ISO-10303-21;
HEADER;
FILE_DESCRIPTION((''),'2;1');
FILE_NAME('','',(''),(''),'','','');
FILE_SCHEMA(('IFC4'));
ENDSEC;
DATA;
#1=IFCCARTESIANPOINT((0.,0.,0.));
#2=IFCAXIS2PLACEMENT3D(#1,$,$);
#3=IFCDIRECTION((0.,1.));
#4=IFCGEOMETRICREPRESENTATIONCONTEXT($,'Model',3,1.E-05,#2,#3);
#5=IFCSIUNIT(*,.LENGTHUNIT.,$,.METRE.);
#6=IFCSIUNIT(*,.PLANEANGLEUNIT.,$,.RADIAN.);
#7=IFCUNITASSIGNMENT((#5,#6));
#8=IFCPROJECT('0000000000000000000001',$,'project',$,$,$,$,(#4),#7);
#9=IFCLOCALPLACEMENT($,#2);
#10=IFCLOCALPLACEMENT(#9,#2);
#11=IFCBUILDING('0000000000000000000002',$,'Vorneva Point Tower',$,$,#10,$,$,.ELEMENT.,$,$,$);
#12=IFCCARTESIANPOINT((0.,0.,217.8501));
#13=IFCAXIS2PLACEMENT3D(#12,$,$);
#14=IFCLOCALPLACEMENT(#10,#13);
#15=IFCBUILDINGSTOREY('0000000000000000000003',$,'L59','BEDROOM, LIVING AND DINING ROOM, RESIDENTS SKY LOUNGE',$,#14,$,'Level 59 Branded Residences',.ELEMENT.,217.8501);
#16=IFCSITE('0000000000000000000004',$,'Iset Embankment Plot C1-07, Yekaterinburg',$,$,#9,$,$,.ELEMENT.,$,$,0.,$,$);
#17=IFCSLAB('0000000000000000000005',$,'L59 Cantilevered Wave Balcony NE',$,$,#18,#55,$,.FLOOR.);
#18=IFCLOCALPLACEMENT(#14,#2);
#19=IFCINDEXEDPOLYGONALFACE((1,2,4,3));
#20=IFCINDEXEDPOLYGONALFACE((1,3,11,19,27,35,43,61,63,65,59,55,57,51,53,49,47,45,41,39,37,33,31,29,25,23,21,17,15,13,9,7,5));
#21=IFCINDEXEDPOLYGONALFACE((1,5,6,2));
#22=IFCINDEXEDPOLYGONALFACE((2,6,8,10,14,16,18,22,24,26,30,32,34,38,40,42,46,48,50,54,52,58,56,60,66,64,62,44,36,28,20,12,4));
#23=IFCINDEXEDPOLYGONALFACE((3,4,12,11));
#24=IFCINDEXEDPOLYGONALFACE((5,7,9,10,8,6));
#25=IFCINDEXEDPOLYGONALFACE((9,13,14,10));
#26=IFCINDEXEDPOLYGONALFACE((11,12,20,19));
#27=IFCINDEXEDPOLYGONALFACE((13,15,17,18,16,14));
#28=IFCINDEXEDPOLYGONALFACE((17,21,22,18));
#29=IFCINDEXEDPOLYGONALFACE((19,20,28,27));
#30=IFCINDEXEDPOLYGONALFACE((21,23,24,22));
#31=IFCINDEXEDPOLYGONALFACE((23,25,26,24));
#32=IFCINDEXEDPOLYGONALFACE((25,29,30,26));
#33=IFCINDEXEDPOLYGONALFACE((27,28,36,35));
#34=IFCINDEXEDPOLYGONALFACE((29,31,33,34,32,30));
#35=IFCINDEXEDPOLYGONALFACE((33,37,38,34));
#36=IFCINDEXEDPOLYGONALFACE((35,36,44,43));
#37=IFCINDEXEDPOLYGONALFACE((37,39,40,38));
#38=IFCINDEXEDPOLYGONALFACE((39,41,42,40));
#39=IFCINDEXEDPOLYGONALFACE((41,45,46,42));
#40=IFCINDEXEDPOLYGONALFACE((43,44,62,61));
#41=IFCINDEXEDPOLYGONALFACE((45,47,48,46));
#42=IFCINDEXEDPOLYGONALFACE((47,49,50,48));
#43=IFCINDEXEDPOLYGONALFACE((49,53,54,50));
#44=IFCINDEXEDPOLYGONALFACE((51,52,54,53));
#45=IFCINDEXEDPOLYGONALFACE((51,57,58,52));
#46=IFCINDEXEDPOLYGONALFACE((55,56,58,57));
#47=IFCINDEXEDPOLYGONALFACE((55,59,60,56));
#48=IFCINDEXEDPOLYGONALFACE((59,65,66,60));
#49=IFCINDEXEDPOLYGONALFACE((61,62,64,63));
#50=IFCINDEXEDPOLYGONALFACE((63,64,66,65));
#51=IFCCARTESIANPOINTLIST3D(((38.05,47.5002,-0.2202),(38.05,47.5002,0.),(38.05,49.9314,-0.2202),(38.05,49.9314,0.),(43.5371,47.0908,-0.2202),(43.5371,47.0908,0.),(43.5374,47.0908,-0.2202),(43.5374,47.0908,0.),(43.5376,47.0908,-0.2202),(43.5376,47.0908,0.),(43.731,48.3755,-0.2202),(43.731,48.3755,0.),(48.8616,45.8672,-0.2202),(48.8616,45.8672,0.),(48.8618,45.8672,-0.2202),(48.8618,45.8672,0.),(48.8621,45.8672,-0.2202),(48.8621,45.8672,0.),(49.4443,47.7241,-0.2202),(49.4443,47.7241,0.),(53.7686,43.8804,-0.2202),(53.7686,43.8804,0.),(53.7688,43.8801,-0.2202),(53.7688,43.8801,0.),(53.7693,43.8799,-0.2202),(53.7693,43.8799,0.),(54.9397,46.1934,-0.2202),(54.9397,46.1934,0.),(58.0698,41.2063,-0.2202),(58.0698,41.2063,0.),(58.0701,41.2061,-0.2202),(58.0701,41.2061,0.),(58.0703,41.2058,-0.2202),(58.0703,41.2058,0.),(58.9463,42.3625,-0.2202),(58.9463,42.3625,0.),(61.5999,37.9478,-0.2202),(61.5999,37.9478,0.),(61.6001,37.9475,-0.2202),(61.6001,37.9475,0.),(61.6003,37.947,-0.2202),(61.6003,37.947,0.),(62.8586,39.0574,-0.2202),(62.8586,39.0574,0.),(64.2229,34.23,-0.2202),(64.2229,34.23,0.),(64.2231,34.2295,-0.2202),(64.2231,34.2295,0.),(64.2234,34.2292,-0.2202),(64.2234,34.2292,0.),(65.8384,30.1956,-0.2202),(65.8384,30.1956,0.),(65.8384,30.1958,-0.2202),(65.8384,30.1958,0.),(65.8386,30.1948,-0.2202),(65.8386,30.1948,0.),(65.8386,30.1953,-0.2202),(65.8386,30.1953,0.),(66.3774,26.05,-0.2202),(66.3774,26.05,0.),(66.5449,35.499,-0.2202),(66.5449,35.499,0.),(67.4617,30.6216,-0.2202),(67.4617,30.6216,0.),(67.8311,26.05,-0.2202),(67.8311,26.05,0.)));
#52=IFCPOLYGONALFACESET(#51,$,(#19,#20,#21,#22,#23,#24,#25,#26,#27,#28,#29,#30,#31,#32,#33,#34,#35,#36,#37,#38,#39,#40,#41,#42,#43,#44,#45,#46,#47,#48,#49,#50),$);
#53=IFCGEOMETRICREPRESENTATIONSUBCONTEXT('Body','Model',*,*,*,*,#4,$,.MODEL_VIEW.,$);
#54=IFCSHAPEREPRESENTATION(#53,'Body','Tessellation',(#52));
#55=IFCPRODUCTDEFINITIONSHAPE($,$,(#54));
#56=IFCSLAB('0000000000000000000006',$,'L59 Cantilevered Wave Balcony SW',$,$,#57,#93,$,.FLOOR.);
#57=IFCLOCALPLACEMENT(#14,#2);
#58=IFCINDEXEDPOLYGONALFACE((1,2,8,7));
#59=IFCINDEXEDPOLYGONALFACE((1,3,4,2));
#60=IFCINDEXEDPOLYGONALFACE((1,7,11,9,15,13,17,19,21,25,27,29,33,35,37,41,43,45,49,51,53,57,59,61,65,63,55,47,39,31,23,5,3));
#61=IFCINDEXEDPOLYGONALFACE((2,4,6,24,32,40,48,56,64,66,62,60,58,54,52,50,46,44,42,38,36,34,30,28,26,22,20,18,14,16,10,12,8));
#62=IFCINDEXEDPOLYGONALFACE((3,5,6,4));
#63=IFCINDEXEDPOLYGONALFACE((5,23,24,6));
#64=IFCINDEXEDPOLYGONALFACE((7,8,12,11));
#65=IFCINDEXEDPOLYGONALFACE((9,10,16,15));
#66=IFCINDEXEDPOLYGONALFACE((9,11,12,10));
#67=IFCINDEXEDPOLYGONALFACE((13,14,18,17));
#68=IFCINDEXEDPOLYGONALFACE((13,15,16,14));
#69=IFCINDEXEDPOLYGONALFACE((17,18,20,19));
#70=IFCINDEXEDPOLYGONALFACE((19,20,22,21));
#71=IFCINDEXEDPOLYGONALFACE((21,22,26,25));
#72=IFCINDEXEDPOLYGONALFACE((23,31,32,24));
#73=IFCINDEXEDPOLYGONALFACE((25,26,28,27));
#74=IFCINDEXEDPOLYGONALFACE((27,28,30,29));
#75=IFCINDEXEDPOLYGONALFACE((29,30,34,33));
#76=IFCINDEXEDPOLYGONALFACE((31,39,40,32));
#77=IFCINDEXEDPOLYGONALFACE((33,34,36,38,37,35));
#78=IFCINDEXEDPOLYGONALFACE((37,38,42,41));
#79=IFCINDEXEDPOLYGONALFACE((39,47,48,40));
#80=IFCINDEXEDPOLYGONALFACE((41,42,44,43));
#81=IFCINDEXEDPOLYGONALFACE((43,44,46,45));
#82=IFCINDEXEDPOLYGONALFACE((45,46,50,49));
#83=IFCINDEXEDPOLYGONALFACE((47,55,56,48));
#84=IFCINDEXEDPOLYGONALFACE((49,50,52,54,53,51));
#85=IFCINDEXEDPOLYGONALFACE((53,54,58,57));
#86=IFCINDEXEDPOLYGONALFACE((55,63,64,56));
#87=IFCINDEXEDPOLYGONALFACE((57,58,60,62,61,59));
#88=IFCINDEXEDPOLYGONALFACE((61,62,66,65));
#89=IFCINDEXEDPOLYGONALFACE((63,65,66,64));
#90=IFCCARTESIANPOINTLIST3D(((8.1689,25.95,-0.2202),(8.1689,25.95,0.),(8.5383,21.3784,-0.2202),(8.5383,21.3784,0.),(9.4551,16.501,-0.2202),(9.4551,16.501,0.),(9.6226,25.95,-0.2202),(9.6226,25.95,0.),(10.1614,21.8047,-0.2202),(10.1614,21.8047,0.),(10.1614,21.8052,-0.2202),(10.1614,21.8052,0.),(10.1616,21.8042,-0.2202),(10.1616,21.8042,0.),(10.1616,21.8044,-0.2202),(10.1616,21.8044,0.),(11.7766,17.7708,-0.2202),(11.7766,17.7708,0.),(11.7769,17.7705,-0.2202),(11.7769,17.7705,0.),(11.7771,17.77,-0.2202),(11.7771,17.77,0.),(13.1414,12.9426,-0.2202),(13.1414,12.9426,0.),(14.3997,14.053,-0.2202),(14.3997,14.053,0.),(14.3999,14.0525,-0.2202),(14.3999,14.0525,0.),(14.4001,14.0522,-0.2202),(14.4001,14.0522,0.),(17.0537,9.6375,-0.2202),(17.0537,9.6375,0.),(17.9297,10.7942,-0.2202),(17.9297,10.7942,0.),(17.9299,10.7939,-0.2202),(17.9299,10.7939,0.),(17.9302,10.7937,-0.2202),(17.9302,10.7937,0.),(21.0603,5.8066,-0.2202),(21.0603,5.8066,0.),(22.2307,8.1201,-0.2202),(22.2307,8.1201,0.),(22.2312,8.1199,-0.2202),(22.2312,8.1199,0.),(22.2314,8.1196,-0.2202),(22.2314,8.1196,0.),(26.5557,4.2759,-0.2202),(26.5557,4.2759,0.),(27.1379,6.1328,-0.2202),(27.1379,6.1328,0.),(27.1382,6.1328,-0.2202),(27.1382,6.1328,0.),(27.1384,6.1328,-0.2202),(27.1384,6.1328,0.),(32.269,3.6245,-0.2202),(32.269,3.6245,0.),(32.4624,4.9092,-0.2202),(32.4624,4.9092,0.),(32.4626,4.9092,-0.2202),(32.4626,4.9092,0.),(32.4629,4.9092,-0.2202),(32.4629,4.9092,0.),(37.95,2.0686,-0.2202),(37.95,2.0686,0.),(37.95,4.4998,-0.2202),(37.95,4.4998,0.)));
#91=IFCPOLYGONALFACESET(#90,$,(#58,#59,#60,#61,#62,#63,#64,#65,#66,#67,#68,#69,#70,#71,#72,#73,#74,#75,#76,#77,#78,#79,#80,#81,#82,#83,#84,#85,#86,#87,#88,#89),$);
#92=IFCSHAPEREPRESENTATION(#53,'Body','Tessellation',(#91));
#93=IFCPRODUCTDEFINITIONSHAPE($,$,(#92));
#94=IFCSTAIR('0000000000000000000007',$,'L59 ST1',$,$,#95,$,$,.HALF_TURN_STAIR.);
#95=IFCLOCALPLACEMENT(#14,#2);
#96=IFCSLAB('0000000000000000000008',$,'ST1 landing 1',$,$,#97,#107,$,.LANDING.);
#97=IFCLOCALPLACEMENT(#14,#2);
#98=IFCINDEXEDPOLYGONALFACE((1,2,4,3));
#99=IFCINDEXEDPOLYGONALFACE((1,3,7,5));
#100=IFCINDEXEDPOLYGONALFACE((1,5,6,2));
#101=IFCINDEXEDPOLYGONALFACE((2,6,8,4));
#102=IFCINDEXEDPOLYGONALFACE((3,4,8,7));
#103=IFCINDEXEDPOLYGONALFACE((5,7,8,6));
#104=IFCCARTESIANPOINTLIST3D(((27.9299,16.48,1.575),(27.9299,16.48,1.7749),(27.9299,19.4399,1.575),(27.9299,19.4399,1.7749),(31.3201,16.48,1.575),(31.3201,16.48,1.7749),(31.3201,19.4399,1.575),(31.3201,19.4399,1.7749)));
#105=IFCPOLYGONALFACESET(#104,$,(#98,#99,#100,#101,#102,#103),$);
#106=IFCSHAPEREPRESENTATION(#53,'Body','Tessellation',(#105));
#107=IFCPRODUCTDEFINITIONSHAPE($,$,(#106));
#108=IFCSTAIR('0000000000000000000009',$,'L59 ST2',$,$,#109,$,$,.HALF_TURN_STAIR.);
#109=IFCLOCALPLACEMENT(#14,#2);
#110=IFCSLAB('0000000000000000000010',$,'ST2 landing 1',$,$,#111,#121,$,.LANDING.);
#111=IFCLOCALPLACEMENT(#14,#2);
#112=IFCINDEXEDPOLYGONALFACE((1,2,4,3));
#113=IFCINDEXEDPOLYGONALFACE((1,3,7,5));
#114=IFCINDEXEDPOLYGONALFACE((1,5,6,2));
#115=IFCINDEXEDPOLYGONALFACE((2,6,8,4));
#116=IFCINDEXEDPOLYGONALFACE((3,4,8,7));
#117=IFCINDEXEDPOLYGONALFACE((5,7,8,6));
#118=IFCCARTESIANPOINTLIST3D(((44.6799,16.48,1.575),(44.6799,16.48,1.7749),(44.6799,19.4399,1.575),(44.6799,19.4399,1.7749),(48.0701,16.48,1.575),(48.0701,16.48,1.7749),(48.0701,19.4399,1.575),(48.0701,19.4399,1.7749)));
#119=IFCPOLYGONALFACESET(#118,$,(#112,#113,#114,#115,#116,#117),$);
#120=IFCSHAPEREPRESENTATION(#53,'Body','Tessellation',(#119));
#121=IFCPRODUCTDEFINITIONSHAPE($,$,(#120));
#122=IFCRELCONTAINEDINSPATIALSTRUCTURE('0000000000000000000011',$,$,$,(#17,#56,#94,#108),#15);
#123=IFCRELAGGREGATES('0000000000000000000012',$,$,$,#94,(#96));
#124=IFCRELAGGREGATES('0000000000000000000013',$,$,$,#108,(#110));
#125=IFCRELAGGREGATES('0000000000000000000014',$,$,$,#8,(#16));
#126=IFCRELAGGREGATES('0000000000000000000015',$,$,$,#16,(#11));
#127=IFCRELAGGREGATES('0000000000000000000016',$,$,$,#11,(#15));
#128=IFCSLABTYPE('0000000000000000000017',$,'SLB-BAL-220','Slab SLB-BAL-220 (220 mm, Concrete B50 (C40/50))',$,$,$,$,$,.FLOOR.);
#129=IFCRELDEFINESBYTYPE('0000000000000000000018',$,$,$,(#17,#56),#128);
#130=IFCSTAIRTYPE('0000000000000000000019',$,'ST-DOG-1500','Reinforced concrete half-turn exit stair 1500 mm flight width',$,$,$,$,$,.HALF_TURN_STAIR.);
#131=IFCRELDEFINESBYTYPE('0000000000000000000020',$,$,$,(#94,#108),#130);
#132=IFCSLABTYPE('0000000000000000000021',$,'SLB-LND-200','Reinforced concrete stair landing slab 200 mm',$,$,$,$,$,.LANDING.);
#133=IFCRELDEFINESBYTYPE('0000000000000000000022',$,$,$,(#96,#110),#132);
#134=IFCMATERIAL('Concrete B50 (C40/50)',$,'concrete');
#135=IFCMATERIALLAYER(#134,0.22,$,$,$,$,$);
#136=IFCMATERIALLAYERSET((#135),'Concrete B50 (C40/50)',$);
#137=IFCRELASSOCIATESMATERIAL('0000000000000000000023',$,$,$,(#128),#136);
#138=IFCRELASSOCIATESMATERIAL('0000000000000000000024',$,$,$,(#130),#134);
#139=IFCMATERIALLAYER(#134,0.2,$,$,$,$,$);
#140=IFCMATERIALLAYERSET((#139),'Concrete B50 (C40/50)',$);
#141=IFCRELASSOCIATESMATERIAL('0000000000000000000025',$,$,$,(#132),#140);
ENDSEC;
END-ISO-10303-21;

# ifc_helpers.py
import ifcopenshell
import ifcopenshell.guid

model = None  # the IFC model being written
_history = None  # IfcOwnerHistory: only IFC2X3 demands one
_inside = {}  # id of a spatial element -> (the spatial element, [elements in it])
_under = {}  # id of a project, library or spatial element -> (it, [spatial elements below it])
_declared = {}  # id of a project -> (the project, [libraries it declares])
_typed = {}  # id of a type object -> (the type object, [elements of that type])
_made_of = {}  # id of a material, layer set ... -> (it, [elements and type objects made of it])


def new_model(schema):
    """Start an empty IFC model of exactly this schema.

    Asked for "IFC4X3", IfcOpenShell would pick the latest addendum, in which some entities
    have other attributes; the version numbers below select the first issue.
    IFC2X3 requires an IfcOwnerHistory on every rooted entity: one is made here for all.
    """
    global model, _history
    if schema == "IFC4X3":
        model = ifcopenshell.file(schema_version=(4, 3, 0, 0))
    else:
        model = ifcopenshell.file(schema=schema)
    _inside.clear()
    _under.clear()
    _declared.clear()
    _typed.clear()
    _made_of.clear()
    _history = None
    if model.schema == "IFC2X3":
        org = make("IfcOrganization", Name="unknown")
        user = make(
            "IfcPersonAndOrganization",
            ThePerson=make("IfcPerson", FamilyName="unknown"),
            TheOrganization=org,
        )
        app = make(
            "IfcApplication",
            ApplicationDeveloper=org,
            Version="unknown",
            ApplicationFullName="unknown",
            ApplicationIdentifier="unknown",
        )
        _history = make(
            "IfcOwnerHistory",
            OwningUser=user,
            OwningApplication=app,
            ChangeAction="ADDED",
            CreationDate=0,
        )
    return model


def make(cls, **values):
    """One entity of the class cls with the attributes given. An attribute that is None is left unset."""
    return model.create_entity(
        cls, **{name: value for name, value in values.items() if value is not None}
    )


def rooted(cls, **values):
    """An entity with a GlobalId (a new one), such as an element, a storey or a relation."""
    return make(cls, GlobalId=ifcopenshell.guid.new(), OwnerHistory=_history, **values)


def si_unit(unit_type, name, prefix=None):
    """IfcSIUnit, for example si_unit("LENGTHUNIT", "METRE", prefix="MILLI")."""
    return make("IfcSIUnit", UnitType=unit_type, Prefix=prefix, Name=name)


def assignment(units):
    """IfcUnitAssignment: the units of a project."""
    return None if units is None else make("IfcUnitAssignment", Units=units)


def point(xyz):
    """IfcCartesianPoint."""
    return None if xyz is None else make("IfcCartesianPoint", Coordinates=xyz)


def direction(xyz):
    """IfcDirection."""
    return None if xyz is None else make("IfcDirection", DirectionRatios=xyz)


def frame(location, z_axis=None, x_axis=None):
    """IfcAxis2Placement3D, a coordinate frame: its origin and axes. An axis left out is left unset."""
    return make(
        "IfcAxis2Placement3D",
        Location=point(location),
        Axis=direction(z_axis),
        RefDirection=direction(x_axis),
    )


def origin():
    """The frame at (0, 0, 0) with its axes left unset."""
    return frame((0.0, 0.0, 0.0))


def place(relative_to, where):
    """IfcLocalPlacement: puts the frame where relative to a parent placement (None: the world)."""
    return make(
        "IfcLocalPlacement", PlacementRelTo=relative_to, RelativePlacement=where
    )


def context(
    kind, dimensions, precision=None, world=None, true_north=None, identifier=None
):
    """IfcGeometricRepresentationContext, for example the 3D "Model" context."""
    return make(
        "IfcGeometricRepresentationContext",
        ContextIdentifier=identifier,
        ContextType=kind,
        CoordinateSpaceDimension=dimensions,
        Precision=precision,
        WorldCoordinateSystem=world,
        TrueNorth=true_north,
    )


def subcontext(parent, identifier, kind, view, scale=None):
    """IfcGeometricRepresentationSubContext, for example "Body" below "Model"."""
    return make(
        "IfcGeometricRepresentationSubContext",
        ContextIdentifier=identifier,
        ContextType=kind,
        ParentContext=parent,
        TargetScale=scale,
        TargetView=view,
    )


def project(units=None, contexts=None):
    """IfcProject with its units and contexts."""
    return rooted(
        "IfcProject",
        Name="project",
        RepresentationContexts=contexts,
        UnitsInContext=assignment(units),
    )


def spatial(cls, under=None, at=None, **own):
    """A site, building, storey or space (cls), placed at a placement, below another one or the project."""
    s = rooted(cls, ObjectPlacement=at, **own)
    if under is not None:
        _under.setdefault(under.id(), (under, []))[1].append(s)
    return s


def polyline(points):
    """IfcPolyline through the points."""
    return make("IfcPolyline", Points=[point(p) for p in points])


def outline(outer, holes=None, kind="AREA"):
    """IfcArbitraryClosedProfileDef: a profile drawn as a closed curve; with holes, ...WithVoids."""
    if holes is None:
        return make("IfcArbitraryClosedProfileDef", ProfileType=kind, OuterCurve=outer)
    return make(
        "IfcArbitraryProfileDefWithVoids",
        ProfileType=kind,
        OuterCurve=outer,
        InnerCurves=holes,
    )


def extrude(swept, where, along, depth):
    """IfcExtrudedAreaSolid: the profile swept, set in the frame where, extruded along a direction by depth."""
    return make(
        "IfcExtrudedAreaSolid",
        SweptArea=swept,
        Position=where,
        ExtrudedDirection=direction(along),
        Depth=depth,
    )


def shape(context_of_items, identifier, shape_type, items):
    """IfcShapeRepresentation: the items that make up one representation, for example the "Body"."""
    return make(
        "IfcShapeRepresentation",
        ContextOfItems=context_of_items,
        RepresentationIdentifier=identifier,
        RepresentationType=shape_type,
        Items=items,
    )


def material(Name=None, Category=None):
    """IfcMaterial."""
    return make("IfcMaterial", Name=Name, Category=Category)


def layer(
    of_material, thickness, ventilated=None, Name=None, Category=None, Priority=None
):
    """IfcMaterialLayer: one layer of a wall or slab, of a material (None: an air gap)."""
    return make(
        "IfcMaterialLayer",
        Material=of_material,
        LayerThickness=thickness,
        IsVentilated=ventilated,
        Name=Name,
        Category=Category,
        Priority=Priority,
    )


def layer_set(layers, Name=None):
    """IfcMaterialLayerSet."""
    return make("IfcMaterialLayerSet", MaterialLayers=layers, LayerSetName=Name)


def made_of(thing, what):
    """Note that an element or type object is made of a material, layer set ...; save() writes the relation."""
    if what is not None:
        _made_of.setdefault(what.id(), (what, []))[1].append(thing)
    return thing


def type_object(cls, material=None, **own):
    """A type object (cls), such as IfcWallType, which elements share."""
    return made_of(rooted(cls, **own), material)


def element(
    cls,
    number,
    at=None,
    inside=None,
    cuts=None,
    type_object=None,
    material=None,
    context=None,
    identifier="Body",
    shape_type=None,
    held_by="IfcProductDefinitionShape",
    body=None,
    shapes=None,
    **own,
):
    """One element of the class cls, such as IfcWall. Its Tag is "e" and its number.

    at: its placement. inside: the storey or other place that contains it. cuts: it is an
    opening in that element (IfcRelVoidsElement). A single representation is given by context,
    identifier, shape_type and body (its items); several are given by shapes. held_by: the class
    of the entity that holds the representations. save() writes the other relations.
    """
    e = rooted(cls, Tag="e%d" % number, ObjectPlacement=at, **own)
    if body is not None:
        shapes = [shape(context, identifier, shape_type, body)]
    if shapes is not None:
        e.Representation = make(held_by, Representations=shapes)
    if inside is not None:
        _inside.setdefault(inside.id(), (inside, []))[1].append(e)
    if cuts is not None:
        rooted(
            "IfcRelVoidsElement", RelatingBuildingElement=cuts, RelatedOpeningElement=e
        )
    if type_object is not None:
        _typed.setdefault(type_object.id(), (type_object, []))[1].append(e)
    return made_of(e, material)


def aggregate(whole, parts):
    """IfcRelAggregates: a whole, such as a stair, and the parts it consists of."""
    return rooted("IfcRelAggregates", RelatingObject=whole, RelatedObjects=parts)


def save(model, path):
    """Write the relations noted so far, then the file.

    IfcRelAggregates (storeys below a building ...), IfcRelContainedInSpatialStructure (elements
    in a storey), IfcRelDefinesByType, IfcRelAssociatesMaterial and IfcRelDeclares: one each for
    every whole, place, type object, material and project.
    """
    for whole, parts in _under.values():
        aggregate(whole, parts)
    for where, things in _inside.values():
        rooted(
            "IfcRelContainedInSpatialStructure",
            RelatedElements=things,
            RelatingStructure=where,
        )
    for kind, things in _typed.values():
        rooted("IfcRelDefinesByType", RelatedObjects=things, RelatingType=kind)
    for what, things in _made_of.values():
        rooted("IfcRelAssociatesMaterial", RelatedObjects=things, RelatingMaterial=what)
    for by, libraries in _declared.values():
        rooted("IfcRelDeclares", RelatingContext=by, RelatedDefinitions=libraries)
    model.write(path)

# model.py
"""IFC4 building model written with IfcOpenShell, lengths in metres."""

from ifc_helpers import new_model, si_unit, direction, frame, origin, place, context, subcontext, project, spatial, polyline, outline, extrude, material, layer, layer_set, type_object, element, aggregate, save


model = new_model("IFC4")

# Units and contexts
model_context = context("Model", 3, precision=1e-05, world=origin(), true_north=direction((0.0, 1.0)))
body_context = subcontext(model_context, "Body", "Model", "MODEL_VIEW")
ifc_project = project(units=[si_unit("LENGTHUNIT", "METRE"), si_unit("PLANEANGLEUNIT", "RADIAN")], contexts=[model_context])

# Site, building, storey
site_placement = place(None, origin())
site = spatial("IfcSite", under=ifc_project, at=site_placement, Name="Iset Embankment Plot C1-07, Yekaterinburg", CompositionType="ELEMENT", RefElevation=0.0)
building_placement = place(site_placement, origin())
building = spatial("IfcBuilding", under=site, at=building_placement, Name="Vorneva Point Tower", CompositionType="ELEMENT")
storey_placement = place(building_placement, frame((0.0, 0.0, 217.8501)))
storey = spatial("IfcBuildingStorey", under=building, at=storey_placement, Name="L59", Description="BEDROOM, LIVING AND DINING ROOM, RESIDENTS SKY LOUNGE", LongName="Level 59 Branded Residences", CompositionType="ELEMENT", Elevation=217.8501)

# Shared definitions
ifc_material_1 = material(Name="Concrete B50 (C40/50)", Category="concrete")

# Slabs
ifc_layer_1 = layer(ifc_material_1, 0.22)
ifc_layer_set_1 = layer_set([ifc_layer_1], Name="Concrete B50 (C40/50)")
slab_type_1 = type_object("IfcSlabType", Name="SLB-BAL-220", Description="Slab SLB-BAL-220 (220 mm, Concrete B50 (C40/50))", PredefinedType="FLOOR", material=ifc_layer_set_1)
slab_1_placement = place(storey_placement, frame((0.0, 0.0, -0.2202)))
element("IfcSlab", 1, at=slab_1_placement, inside=storey, type_object=slab_type_1, Name="L59 Cantilevered Wave Balcony NE", PredefinedType="FLOOR", context=body_context, shape_type="SweptSolid", body=[
    extrude(outline(polyline([(38.05, 49.9314), (38.05, 47.5002), (43.5371, 47.0908), (43.5374, 47.0908), (43.5376, 47.0908), (48.8616, 45.8672), (48.8618, 45.8672), (48.8621, 45.8672), (53.7686, 43.8804), (53.7688, 43.8801), (53.7693, 43.8799), (58.0698, 41.2063), (58.0701, 41.2061), (58.0703, 41.2058), (61.5999, 37.9478), (61.6001, 37.9475), (61.6003, 37.947), (64.2229, 34.23), (64.2231, 34.2295), (64.2234, 34.2292), (65.8384, 30.1958), (65.8384, 30.1956), (65.8386, 30.1953), (65.8386, 30.1948), (66.3774, 26.05), (67.8311, 26.05), (67.4617, 30.6216), (66.5449, 35.499), (62.8586, 39.0574), (58.9463, 42.3625), (54.9397, 46.1934), (49.4443, 47.7241), (43.731, 48.3755), (38.05, 49.9314)])), origin(), (0.0, 0.0, 1.0), 0.2202),
])
slab_2_placement = place(storey_placement, frame((0.0, 0.0, -0.2202)))
element("IfcSlab", 2, at=slab_2_placement, inside=storey, type_object=slab_type_1, Name="L59 Cantilevered Wave Balcony SW", PredefinedType="FLOOR", context=body_context, shape_type="SweptSolid", body=[
    extrude(outline(polyline([(37.95, 2.0686), (37.95, 4.4998), (32.4629, 4.9092), (32.4626, 4.9092), (32.4624, 4.9092), (27.1384, 6.1328), (27.1382, 6.1328), (27.1379, 6.1328), (22.2314, 8.1196), (22.2312, 8.1199), (22.2307, 8.1201), (17.9302, 10.7937), (17.9299, 10.7939), (17.9297, 10.7942), (14.4001, 14.0522), (14.3999, 14.0525), (14.3997, 14.053), (11.7771, 17.77), (11.7769, 17.7705), (11.7766, 17.7708), (10.1616, 21.8042), (10.1616, 21.8044), (10.1614, 21.8047), (10.1614, 21.8052), (9.6226, 25.95), (8.1689, 25.95), (8.5383, 21.3784), (9.4551, 16.501), (13.1414, 12.9426), (17.0537, 9.6375), (21.0603, 5.8066), (26.5557, 4.2759), (32.269, 3.6245), (37.95, 2.0686)])), origin(), (0.0, 0.0, 1.0), 0.2202),
])

# Stairs, slabs
stair_type = type_object("IfcStairType", Name="ST-DOG-1500", Description="Reinforced concrete half-turn exit stair 1500 mm flight width", PredefinedType="HALF_TURN_STAIR", material=ifc_material_1)
stair_1_placement = place(storey_placement, origin())
stair_1 = element("IfcStair", 3, at=stair_1_placement, inside=storey, type_object=stair_type, Name="L59 ST1", PredefinedType="HALF_TURN_STAIR")
ifc_layer_2 = layer(ifc_material_1, 0.2)
ifc_layer_set_2 = layer_set([ifc_layer_2], Name="Concrete B50 (C40/50)")
slab_type_2 = type_object("IfcSlabType", Name="SLB-LND-200", Description="Reinforced concrete stair landing slab 200 mm", PredefinedType="LANDING", material=ifc_layer_set_2)
slab_3_placement = place(storey_placement, frame((0.0, 0.0, 1.575)))
slab_3 = element("IfcSlab", 4, at=slab_3_placement, type_object=slab_type_2, Name="ST1 landing 1", PredefinedType="LANDING", context=body_context, shape_type="SweptSolid", body=[
    extrude(outline(polyline([(27.9299, 16.48), (31.3201, 16.48), (31.3201, 19.4399), (27.9299, 19.4399), (27.9299, 16.48)])), origin(), (0.0, 0.0, 1.0), 0.2),
])
aggregate(stair_1, [slab_3])
stair_2_placement = place(storey_placement, origin())
stair_2 = element("IfcStair", 5, at=stair_2_placement, inside=storey, type_object=stair_type, Name="L59 ST2", PredefinedType="HALF_TURN_STAIR")
slab_4_placement = place(storey_placement, frame((0.0, 0.0, 1.575)))
slab_4 = element("IfcSlab", 6, at=slab_4_placement, type_object=slab_type_2, Name="ST2 landing 1", PredefinedType="LANDING", context=body_context, shape_type="SweptSolid", body=[
    extrude(outline(polyline([(44.6799, 16.48), (48.0701, 16.48), (48.0701, 19.4399), (44.6799, 19.4399), (44.6799, 16.48)])), origin(), (0.0, 0.0, 1.0), 0.2),
])
aggregate(stair_2, [slab_4])

save(model, "model.ifc")
